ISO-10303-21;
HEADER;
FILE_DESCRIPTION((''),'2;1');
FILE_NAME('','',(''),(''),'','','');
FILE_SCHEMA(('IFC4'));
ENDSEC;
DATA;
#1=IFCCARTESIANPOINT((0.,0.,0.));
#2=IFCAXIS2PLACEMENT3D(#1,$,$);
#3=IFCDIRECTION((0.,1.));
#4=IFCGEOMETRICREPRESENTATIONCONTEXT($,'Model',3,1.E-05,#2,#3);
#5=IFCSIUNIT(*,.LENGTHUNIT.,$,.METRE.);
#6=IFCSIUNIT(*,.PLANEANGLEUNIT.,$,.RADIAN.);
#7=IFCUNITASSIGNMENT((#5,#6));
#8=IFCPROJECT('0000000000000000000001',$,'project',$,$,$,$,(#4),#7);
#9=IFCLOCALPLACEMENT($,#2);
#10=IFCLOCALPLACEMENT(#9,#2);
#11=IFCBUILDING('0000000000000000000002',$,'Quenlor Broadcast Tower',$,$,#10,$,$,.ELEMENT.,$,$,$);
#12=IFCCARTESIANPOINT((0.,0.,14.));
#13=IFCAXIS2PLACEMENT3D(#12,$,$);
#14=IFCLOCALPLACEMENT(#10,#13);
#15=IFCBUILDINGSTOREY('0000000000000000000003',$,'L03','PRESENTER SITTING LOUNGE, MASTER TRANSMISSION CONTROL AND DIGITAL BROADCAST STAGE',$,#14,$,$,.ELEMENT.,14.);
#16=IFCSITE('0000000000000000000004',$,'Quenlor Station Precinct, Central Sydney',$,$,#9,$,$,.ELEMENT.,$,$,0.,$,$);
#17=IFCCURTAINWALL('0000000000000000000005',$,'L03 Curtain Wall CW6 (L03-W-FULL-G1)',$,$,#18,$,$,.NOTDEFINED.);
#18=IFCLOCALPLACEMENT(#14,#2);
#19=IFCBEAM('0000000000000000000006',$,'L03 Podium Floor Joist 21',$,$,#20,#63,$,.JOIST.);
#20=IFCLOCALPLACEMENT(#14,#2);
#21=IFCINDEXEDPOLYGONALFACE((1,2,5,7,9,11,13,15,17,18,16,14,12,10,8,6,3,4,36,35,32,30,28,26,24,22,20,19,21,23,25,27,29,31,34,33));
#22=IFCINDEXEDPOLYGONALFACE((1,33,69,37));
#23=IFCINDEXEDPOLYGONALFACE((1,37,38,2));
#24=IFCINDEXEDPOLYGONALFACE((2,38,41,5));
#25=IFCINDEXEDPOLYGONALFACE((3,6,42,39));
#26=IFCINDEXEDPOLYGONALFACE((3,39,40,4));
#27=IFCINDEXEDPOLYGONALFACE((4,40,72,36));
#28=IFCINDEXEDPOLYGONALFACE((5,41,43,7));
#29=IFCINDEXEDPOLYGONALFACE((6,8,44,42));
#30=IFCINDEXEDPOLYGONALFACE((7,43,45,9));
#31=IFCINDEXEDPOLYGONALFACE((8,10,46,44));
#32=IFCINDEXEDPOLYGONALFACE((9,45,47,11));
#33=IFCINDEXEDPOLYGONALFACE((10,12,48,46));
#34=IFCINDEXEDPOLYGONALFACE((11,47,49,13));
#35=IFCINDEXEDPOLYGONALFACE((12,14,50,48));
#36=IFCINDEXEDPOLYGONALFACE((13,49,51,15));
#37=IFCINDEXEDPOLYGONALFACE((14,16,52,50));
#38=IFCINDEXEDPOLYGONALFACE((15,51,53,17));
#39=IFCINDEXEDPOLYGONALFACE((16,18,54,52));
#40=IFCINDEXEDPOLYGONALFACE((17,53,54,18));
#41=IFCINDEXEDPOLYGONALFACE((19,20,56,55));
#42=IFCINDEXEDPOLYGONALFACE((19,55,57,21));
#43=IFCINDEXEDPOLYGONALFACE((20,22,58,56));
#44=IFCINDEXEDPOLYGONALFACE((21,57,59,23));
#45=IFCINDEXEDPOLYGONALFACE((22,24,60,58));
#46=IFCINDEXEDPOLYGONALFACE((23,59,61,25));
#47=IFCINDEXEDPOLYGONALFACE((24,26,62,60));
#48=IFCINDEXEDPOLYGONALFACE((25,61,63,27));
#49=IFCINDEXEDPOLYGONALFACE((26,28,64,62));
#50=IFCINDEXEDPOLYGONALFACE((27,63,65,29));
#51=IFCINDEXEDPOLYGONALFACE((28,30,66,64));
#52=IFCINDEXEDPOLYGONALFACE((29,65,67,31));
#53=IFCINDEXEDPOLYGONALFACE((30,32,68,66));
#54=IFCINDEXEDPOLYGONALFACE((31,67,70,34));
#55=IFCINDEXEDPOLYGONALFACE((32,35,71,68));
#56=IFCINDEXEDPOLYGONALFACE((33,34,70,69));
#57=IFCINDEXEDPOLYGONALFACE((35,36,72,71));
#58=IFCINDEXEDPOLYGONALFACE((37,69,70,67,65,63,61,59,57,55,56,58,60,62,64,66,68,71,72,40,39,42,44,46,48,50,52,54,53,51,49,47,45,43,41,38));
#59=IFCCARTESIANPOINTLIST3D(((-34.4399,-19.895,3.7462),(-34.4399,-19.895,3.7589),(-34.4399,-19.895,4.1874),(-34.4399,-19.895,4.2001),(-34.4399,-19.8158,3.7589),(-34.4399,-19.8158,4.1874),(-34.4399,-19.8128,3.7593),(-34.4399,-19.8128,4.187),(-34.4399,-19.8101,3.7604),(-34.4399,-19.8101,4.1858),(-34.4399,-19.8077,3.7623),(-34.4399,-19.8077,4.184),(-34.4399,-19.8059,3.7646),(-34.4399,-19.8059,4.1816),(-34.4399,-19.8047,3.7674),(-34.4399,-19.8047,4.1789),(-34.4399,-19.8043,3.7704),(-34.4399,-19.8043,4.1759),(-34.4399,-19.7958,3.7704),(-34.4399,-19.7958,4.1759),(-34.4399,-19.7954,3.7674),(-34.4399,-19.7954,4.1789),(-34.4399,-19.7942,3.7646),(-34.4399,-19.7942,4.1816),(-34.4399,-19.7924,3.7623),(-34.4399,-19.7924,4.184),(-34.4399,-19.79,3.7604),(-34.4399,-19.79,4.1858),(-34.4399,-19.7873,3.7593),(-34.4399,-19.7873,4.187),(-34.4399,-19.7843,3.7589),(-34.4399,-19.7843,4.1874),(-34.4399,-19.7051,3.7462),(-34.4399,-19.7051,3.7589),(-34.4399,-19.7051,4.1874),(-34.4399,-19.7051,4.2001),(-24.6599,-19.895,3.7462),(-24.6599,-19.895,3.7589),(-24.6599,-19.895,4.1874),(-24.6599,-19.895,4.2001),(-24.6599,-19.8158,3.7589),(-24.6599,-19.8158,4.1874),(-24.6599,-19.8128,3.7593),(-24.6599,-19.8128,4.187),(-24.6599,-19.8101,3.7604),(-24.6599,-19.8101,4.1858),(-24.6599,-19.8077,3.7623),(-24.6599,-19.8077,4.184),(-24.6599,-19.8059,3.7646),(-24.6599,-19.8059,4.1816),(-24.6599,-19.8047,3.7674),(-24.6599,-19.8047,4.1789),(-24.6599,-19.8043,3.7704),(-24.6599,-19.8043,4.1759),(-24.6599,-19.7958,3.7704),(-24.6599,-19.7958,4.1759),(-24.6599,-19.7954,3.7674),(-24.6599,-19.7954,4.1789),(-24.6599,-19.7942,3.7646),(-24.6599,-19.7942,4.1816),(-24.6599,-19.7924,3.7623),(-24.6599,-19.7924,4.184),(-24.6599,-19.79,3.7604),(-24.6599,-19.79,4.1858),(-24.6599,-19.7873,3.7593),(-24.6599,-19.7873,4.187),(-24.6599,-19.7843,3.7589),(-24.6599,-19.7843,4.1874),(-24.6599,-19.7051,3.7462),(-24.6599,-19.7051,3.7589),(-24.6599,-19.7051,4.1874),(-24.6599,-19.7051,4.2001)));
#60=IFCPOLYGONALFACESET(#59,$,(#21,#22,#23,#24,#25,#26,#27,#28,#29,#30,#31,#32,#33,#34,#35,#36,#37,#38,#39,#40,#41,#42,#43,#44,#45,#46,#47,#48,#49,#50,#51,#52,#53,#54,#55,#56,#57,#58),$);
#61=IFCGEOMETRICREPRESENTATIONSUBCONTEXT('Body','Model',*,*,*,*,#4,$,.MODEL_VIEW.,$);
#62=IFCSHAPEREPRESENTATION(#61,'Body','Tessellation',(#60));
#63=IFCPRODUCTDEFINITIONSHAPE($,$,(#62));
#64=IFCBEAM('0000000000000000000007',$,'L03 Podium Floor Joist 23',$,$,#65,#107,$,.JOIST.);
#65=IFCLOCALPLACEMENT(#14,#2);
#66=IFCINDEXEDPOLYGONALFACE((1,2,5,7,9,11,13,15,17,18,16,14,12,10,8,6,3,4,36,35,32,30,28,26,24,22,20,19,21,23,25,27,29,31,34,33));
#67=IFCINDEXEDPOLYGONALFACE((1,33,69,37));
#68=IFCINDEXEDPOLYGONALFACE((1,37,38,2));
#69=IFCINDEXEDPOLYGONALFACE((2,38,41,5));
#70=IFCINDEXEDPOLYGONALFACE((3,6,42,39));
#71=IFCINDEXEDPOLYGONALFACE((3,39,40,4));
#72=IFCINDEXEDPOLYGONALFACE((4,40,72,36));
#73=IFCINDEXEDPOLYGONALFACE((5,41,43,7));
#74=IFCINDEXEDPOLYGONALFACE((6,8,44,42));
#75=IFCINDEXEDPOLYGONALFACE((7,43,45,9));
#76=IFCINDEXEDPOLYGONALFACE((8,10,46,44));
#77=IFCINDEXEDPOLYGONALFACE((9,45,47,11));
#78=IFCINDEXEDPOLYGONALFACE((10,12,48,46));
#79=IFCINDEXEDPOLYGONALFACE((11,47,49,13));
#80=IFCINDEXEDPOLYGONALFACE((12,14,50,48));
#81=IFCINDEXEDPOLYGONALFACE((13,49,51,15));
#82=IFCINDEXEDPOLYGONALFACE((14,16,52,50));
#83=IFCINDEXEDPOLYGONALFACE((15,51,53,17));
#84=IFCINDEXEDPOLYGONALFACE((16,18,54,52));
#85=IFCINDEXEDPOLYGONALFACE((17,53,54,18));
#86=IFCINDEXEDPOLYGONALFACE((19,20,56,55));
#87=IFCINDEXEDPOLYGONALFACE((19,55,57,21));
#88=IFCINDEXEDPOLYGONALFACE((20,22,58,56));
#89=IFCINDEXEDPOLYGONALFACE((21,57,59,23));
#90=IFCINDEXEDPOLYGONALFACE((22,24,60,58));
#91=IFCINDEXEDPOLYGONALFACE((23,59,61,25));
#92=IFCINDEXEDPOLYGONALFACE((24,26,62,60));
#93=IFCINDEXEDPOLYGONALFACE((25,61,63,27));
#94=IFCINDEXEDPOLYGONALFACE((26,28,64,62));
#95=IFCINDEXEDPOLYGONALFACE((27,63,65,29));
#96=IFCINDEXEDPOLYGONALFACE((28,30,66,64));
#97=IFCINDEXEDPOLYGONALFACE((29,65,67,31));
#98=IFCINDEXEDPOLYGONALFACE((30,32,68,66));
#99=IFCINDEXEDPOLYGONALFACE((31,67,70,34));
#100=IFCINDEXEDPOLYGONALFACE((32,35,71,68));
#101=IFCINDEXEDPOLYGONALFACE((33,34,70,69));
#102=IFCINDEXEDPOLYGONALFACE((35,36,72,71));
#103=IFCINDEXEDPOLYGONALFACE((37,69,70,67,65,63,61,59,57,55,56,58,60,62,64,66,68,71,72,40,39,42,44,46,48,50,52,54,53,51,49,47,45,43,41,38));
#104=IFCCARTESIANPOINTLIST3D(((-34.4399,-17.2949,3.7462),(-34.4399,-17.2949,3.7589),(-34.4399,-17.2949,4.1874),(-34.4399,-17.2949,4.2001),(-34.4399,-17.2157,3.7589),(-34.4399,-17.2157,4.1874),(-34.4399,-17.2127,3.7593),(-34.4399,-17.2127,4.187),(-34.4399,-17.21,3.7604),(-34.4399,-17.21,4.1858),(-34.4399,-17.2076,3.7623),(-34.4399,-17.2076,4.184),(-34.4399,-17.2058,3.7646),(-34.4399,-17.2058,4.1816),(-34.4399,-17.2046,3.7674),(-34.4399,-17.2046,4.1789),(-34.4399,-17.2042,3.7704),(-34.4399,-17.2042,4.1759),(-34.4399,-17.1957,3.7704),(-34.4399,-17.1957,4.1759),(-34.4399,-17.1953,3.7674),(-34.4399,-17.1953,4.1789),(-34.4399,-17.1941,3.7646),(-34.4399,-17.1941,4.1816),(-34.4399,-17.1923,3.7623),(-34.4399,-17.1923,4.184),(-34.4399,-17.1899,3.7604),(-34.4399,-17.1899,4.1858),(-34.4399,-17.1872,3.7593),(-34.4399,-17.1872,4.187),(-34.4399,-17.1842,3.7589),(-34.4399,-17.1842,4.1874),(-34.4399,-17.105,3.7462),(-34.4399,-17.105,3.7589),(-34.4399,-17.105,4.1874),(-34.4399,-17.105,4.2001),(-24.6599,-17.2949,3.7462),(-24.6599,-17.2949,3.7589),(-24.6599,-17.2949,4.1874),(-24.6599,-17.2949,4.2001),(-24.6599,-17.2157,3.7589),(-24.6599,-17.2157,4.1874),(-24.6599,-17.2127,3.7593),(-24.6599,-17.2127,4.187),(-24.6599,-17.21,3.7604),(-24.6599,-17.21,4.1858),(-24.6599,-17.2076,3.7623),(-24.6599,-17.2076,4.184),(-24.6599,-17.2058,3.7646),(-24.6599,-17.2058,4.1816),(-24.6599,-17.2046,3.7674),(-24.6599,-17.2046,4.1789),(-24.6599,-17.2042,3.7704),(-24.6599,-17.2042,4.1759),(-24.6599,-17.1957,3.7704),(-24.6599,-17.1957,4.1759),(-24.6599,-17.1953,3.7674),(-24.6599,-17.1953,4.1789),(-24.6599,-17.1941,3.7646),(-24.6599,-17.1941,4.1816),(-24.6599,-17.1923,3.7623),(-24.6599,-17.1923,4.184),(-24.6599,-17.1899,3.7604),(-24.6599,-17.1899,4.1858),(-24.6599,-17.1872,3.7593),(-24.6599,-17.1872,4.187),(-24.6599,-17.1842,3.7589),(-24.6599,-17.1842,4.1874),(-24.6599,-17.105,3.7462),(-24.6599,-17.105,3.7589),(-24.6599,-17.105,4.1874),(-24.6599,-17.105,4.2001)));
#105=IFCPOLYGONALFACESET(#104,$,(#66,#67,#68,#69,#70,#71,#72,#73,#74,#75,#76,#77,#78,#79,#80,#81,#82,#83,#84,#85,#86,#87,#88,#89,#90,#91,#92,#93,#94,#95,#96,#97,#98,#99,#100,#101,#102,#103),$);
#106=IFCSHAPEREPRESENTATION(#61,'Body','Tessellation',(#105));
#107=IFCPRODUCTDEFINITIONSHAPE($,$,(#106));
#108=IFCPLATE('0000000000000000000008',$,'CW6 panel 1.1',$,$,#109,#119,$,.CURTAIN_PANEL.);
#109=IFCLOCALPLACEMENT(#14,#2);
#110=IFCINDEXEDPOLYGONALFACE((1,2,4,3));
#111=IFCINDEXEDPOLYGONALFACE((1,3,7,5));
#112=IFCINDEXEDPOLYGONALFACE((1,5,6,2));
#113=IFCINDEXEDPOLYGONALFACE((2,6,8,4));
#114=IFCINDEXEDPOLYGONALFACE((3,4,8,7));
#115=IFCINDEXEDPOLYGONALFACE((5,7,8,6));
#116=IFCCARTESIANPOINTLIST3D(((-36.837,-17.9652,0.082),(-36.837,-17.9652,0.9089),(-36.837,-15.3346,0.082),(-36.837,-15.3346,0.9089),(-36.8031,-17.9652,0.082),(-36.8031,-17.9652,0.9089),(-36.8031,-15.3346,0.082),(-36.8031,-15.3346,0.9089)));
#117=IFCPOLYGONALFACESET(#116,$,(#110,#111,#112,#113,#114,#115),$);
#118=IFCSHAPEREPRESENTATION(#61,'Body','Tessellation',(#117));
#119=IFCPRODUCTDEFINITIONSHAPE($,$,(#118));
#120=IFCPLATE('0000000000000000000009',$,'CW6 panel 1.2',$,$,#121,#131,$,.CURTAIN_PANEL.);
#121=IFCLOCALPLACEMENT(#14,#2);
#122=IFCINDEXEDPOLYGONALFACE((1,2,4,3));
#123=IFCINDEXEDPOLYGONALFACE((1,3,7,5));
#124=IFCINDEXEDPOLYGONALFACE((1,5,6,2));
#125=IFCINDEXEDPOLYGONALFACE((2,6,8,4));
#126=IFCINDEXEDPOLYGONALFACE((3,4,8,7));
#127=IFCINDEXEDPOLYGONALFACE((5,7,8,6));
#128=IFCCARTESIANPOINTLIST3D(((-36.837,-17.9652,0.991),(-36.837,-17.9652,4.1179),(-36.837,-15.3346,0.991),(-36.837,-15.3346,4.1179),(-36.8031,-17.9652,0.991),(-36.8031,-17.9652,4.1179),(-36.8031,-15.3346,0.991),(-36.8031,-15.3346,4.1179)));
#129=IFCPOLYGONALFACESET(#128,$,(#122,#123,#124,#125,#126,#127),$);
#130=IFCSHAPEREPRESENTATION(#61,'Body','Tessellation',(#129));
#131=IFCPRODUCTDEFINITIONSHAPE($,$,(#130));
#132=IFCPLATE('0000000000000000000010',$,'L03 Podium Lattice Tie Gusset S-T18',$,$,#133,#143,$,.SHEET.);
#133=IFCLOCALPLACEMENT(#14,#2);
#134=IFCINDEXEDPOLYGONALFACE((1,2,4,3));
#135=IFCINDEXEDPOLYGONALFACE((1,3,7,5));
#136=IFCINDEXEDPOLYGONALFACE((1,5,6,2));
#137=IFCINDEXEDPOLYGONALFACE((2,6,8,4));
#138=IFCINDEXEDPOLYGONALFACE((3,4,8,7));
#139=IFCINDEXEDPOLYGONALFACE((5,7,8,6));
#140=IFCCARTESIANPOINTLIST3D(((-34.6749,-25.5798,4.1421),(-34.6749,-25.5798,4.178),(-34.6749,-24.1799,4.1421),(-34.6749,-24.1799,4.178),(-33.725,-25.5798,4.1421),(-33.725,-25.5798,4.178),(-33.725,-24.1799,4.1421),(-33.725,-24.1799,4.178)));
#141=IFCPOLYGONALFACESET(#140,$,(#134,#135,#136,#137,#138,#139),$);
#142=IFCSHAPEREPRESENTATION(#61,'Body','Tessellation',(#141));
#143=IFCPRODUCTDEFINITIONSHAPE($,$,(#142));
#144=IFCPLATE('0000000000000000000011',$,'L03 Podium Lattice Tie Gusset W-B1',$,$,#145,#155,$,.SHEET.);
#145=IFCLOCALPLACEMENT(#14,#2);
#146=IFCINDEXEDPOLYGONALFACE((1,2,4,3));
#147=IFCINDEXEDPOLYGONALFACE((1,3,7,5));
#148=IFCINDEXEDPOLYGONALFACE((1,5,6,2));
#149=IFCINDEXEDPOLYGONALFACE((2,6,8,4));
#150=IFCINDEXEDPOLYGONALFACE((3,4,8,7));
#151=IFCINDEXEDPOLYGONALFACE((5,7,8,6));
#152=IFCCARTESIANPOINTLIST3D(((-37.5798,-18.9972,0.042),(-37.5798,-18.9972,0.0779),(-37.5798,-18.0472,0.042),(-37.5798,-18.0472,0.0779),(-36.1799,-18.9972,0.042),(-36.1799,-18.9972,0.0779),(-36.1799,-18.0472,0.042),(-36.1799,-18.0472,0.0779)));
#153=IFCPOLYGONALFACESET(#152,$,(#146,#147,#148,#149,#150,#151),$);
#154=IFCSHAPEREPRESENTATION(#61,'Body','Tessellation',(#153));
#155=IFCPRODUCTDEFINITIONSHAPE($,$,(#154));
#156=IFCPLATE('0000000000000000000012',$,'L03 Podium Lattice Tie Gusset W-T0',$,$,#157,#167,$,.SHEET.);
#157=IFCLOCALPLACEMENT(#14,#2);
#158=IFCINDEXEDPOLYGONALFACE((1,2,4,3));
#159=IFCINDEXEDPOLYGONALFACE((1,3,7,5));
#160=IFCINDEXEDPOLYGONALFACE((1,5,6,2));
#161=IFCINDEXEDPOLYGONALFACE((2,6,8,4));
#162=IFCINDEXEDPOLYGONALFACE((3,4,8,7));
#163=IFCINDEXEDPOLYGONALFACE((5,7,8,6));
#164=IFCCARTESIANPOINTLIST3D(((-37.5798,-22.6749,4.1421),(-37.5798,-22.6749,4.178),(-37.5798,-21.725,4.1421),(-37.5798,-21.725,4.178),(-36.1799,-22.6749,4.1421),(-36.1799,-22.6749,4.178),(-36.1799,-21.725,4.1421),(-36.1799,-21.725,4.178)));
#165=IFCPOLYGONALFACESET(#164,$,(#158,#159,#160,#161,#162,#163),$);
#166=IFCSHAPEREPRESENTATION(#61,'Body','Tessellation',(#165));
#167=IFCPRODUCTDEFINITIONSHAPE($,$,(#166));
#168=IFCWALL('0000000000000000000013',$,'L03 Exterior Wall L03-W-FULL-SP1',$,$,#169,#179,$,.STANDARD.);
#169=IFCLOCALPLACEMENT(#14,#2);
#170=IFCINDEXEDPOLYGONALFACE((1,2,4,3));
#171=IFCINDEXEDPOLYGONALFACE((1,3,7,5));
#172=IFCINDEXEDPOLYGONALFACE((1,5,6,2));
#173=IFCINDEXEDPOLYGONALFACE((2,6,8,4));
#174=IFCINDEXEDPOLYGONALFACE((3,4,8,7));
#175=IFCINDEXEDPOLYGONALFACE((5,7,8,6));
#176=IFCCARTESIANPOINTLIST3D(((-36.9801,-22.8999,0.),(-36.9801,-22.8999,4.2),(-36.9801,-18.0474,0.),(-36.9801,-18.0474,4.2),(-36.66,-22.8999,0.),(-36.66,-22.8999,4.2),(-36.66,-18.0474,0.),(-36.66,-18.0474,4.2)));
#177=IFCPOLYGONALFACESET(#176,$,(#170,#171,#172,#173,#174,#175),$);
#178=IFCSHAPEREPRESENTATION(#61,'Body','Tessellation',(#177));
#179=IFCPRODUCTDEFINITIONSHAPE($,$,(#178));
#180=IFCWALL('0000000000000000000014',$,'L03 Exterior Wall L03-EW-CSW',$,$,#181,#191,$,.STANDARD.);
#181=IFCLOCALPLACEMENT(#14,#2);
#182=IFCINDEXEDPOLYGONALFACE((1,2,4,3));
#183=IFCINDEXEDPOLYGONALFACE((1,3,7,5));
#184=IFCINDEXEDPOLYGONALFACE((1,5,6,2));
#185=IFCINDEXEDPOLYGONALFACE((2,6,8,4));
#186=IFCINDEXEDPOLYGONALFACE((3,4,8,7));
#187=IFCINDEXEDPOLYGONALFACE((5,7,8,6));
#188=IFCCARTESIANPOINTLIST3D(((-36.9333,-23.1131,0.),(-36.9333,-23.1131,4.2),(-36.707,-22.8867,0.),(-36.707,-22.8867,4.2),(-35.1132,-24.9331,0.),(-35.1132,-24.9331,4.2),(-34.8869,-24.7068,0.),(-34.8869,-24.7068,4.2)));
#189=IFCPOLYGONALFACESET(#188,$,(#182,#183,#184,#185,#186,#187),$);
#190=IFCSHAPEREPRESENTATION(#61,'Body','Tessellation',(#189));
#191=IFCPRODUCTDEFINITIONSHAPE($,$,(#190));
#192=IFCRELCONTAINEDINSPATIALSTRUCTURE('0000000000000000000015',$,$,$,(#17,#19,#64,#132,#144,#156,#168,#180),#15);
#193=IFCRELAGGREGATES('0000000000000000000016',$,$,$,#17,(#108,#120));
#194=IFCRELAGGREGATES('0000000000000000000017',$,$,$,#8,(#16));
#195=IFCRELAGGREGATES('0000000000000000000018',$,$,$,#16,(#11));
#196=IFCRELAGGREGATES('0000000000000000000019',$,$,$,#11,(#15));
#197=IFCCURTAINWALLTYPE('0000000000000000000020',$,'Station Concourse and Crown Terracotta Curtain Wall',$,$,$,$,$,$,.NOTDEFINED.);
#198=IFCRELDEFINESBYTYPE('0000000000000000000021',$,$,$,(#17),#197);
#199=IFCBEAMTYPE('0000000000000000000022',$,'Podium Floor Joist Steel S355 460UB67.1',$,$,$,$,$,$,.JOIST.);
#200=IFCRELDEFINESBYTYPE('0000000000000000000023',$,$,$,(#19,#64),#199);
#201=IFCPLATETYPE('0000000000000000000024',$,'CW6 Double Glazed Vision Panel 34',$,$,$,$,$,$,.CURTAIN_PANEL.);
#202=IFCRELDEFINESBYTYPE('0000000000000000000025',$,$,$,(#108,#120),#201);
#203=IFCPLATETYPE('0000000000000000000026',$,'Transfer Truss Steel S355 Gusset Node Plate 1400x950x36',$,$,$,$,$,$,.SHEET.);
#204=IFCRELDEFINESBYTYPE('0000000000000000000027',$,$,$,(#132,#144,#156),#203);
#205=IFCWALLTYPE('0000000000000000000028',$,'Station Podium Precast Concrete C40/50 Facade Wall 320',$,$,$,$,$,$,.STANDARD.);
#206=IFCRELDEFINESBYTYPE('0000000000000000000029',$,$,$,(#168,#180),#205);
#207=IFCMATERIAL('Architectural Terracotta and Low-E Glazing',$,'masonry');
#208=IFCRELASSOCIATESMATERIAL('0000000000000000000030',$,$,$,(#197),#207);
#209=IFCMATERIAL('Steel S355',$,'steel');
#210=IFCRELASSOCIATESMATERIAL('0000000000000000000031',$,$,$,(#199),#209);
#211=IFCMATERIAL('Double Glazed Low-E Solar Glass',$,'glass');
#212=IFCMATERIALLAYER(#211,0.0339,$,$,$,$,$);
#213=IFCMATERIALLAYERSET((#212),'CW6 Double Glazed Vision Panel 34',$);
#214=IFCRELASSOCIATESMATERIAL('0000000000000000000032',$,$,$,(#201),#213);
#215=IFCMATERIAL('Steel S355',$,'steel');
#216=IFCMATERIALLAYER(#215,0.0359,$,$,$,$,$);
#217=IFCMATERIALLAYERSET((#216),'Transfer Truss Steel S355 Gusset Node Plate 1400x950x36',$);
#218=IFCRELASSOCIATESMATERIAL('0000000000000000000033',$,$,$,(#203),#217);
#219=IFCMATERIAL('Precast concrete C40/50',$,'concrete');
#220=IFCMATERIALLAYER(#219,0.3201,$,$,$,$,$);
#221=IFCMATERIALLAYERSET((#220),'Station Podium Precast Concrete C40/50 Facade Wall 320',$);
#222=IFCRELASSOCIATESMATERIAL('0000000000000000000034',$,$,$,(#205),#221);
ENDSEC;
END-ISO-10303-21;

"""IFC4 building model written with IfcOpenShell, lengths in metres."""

from ifc_helpers import new_model, si_unit, direction, frame, frame_2d, origin, origin_2d, place, context, subcontext, project, spatial, rectangle, i_section, extrude, material, layer, layer_set, material_profile, profile_set, type_object, element, aggregate, save


model = new_model("IFC4")

# Units and contexts
model_context = context("Model", 3, precision=1e-05, world=origin(), true_north=direction((0.0, 1.0)))
body_context = subcontext(model_context, "Body", "Model", "MODEL_VIEW")
ifc_project = project(units=[si_unit("LENGTHUNIT", "METRE"), si_unit("PLANEANGLEUNIT", "RADIAN")], contexts=[model_context])

# Site, building, storey
site_placement = place(None, origin())
site = spatial("IfcSite", under=ifc_project, at=site_placement, Name="Quenlor Station Precinct, Central Sydney", CompositionType="ELEMENT", RefElevation=0.0)
building_placement = place(site_placement, origin())
building = spatial("IfcBuilding", under=site, at=building_placement, Name="Quenlor Broadcast Tower", CompositionType="ELEMENT")
storey_placement = place(building_placement, frame((0.0, 0.0, 14.0)))
storey = spatial("IfcBuildingStorey", under=building, at=storey_placement, Name="L03", Description="PRESENTER SITTING LOUNGE, MASTER TRANSMISSION CONTROL AND DIGITAL BROADCAST STAGE", CompositionType="ELEMENT", Elevation=14.0)

# Curtain wall
ifc_material_1 = material(Name="Architectural Terracotta and Low-E Glazing", Category="masonry")
curtain_wall_type = type_object("IfcCurtainWallType", Name="Station Concourse and Crown Terracotta Curtain Wall", PredefinedType="NOTDEFINED", material=ifc_material_1)
curtain_wall_placement = place(storey_placement, origin())
curtain_wall = element("IfcCurtainWall", 1, at=curtain_wall_placement, inside=storey, type_object=curtain_wall_type, Name="L03 Curtain Wall CW6 (L03-W-FULL-G1)", PredefinedType="NOTDEFINED")

# Beams
ifc_material_2 = material(Name="Steel S355", Category="steel")
ifc_material_profile_1 = material_profile(ifc_material_2, i_section(OverallWidth=0.1899, OverallDepth=0.4539, WebThickness=0.0085, FlangeThickness=0.0127, FilletRadius=0.0115, at=origin_2d()))
ifc_profile_set_1 = profile_set([ifc_material_profile_1], Name="Steel S355 460UB67.1")
beam_type_1 = type_object("IfcBeamType", Name="Podium Floor Joist Steel S355 460UB67.1", PredefinedType="JOIST", material=ifc_profile_set_1)
for number, where, z_axis, x_axis, name in (
    (2, (-34.4399, -19.8, 3.9731), (1.0, 0.0, 0.0), (0.0, 1.0, 0.0), "L03 Podium Floor Joist 21"),
    (3, (-34.4399, -17.2, 3.9731), (1.0, 0.0, 0.0), (0.0, 1.0, 0.0), "L03 Podium Floor Joist 23"),
):
    element("IfcBeam", number, at=place(storey_placement, frame(where, z_axis=z_axis, x_axis=x_axis)), inside=storey, type_object=beam_type_1, Name=name, PredefinedType="JOIST", context=body_context, shape_type="SweptSolid", body=[
        extrude(i_section(OverallWidth=0.1899, OverallDepth=0.4539, WebThickness=0.0085, FlangeThickness=0.0127, FilletRadius=0.0115, at=origin_2d()), origin(), (0.0, 0.0, 1.0), 9.78),
    ])

# Plates
ifc_material_3 = material(Name="Double Glazed Low-E Solar Glass", Category="glass")
ifc_layer_1 = layer(ifc_material_3, 0.0339)
ifc_layer_set_1 = layer_set([ifc_layer_1], Name="CW6 Double Glazed Vision Panel 34")
plate_type_1 = type_object("IfcPlateType", Name="CW6 Double Glazed Vision Panel 34", PredefinedType="CURTAIN_PANEL", material=ifc_layer_set_1)
plate_1_placement = place(storey_placement, frame((-36.8201, -16.6499, 0.082), z_axis=(0.0, 0.0, 1.0), x_axis=(0.0, 1.0, 0.0)))
plate_1 = element("IfcPlate", 4, at=plate_1_placement, type_object=plate_type_1, Name="CW6 panel 1.1", PredefinedType="CURTAIN_PANEL", context=body_context, shape_type="SweptSolid", body=[
    extrude(rectangle(XDim=2.6306, YDim=0.0339, at=origin_2d()), origin(), (0.0, 0.0, 1.0), 0.8269),
])
plate_2_placement = place(storey_placement, frame((-36.8201, -16.6499, 0.991), z_axis=(0.0, 0.0, 1.0), x_axis=(0.0, 1.0, 0.0)))
plate_2 = element("IfcPlate", 5, at=plate_2_placement, type_object=plate_type_1, Name="CW6 panel 1.2", PredefinedType="CURTAIN_PANEL", context=body_context, shape_type="SweptSolid", body=[
    extrude(rectangle(XDim=2.6306, YDim=0.0339, at=origin_2d()), origin(), (0.0, 0.0, 1.0), 3.127),
])
aggregate(curtain_wall, [plate_1, plate_2])

# Plates
ifc_material_4 = material(Name="Steel S355", Category="steel")
ifc_layer_2 = layer(ifc_material_4, 0.0359)
ifc_layer_set_2 = layer_set([ifc_layer_2], Name="Transfer Truss Steel S355 Gusset Node Plate 1400x950x36")
plate_type_2 = type_object("IfcPlateType", Name="Transfer Truss Steel S355 Gusset Node Plate 1400x950x36", PredefinedType="SHEET", material=ifc_layer_set_2)
for number, where, z_axis, x_axis, name in (
    (6, (-34.2, -24.8799, 4.1421), (0.0, 0.0, 1.0), (0.0, -1.0, 0.0), "L03 Podium Lattice Tie Gusset S-T18"),
    (7, (-36.8799, -18.5222, 0.042), (0.0, 0.0, 1.0), (-1.0, 0.0, 0.0), "L03 Podium Lattice Tie Gusset W-B1"),
    (8, (-36.8799, -22.2, 4.1421), (0.0, 0.0, 1.0), (-1.0, 0.0, 0.0), "L03 Podium Lattice Tie Gusset W-T0"),
):
    element("IfcPlate", number, at=place(storey_placement, frame(where, z_axis=z_axis, x_axis=x_axis)), inside=storey, type_object=plate_type_2, Name=name, PredefinedType="SHEET", context=body_context, shape_type="SweptSolid", body=[
        extrude(rectangle(XDim=1.3999, YDim=0.95, at=origin_2d()), origin(), (0.0, 0.0, 1.0), 0.0359),
    ])

# Walls
ifc_material_5 = material(Name="Precast concrete C40/50", Category="concrete")
ifc_layer_3 = layer(ifc_material_5, 0.3201)
ifc_layer_set_3 = layer_set([ifc_layer_3], Name="Station Podium Precast Concrete C40/50 Facade Wall 320")
wall_type = type_object("IfcWallType", Name="Station Podium Precast Concrete C40/50 Facade Wall 320", PredefinedType="STANDARD", material=ifc_layer_set_3)
wall_1_placement = place(storey_placement, frame((-36.8201, -22.8999, 0.0), z_axis=(0.0, 0.0, 1.0), x_axis=(0.0, 1.0, 0.0)))
element("IfcWall", 9, at=wall_1_placement, inside=storey, type_object=wall_type, Name="L03 Exterior Wall L03-W-FULL-SP1", PredefinedType="STANDARD", context=body_context, shape_type="SweptSolid", body=[
    extrude(rectangle(XDim=4.8525, YDim=0.3201, at=frame_2d((2.4263, 0.0))), origin(), (0.0, 0.0, 1.0), 4.2),
])
wall_2_placement = place(storey_placement, frame((-35.0, -24.8201, 0.0), z_axis=(0.0, 0.0, 1.0), x_axis=(-0.707107, 0.707107, 0.0)))
element("IfcWall", 10, at=wall_2_placement, inside=storey, type_object=wall_type, Name="L03 Exterior Wall L03-EW-CSW", PredefinedType="STANDARD", context=body_context, shape_type="SweptSolid", body=[
    extrude(rectangle(XDim=2.574, YDim=0.3201, at=frame_2d((1.2871, 0.0))), origin(), (0.0, 0.0, 1.0), 4.2),
])

save(model, "model.ifc")
